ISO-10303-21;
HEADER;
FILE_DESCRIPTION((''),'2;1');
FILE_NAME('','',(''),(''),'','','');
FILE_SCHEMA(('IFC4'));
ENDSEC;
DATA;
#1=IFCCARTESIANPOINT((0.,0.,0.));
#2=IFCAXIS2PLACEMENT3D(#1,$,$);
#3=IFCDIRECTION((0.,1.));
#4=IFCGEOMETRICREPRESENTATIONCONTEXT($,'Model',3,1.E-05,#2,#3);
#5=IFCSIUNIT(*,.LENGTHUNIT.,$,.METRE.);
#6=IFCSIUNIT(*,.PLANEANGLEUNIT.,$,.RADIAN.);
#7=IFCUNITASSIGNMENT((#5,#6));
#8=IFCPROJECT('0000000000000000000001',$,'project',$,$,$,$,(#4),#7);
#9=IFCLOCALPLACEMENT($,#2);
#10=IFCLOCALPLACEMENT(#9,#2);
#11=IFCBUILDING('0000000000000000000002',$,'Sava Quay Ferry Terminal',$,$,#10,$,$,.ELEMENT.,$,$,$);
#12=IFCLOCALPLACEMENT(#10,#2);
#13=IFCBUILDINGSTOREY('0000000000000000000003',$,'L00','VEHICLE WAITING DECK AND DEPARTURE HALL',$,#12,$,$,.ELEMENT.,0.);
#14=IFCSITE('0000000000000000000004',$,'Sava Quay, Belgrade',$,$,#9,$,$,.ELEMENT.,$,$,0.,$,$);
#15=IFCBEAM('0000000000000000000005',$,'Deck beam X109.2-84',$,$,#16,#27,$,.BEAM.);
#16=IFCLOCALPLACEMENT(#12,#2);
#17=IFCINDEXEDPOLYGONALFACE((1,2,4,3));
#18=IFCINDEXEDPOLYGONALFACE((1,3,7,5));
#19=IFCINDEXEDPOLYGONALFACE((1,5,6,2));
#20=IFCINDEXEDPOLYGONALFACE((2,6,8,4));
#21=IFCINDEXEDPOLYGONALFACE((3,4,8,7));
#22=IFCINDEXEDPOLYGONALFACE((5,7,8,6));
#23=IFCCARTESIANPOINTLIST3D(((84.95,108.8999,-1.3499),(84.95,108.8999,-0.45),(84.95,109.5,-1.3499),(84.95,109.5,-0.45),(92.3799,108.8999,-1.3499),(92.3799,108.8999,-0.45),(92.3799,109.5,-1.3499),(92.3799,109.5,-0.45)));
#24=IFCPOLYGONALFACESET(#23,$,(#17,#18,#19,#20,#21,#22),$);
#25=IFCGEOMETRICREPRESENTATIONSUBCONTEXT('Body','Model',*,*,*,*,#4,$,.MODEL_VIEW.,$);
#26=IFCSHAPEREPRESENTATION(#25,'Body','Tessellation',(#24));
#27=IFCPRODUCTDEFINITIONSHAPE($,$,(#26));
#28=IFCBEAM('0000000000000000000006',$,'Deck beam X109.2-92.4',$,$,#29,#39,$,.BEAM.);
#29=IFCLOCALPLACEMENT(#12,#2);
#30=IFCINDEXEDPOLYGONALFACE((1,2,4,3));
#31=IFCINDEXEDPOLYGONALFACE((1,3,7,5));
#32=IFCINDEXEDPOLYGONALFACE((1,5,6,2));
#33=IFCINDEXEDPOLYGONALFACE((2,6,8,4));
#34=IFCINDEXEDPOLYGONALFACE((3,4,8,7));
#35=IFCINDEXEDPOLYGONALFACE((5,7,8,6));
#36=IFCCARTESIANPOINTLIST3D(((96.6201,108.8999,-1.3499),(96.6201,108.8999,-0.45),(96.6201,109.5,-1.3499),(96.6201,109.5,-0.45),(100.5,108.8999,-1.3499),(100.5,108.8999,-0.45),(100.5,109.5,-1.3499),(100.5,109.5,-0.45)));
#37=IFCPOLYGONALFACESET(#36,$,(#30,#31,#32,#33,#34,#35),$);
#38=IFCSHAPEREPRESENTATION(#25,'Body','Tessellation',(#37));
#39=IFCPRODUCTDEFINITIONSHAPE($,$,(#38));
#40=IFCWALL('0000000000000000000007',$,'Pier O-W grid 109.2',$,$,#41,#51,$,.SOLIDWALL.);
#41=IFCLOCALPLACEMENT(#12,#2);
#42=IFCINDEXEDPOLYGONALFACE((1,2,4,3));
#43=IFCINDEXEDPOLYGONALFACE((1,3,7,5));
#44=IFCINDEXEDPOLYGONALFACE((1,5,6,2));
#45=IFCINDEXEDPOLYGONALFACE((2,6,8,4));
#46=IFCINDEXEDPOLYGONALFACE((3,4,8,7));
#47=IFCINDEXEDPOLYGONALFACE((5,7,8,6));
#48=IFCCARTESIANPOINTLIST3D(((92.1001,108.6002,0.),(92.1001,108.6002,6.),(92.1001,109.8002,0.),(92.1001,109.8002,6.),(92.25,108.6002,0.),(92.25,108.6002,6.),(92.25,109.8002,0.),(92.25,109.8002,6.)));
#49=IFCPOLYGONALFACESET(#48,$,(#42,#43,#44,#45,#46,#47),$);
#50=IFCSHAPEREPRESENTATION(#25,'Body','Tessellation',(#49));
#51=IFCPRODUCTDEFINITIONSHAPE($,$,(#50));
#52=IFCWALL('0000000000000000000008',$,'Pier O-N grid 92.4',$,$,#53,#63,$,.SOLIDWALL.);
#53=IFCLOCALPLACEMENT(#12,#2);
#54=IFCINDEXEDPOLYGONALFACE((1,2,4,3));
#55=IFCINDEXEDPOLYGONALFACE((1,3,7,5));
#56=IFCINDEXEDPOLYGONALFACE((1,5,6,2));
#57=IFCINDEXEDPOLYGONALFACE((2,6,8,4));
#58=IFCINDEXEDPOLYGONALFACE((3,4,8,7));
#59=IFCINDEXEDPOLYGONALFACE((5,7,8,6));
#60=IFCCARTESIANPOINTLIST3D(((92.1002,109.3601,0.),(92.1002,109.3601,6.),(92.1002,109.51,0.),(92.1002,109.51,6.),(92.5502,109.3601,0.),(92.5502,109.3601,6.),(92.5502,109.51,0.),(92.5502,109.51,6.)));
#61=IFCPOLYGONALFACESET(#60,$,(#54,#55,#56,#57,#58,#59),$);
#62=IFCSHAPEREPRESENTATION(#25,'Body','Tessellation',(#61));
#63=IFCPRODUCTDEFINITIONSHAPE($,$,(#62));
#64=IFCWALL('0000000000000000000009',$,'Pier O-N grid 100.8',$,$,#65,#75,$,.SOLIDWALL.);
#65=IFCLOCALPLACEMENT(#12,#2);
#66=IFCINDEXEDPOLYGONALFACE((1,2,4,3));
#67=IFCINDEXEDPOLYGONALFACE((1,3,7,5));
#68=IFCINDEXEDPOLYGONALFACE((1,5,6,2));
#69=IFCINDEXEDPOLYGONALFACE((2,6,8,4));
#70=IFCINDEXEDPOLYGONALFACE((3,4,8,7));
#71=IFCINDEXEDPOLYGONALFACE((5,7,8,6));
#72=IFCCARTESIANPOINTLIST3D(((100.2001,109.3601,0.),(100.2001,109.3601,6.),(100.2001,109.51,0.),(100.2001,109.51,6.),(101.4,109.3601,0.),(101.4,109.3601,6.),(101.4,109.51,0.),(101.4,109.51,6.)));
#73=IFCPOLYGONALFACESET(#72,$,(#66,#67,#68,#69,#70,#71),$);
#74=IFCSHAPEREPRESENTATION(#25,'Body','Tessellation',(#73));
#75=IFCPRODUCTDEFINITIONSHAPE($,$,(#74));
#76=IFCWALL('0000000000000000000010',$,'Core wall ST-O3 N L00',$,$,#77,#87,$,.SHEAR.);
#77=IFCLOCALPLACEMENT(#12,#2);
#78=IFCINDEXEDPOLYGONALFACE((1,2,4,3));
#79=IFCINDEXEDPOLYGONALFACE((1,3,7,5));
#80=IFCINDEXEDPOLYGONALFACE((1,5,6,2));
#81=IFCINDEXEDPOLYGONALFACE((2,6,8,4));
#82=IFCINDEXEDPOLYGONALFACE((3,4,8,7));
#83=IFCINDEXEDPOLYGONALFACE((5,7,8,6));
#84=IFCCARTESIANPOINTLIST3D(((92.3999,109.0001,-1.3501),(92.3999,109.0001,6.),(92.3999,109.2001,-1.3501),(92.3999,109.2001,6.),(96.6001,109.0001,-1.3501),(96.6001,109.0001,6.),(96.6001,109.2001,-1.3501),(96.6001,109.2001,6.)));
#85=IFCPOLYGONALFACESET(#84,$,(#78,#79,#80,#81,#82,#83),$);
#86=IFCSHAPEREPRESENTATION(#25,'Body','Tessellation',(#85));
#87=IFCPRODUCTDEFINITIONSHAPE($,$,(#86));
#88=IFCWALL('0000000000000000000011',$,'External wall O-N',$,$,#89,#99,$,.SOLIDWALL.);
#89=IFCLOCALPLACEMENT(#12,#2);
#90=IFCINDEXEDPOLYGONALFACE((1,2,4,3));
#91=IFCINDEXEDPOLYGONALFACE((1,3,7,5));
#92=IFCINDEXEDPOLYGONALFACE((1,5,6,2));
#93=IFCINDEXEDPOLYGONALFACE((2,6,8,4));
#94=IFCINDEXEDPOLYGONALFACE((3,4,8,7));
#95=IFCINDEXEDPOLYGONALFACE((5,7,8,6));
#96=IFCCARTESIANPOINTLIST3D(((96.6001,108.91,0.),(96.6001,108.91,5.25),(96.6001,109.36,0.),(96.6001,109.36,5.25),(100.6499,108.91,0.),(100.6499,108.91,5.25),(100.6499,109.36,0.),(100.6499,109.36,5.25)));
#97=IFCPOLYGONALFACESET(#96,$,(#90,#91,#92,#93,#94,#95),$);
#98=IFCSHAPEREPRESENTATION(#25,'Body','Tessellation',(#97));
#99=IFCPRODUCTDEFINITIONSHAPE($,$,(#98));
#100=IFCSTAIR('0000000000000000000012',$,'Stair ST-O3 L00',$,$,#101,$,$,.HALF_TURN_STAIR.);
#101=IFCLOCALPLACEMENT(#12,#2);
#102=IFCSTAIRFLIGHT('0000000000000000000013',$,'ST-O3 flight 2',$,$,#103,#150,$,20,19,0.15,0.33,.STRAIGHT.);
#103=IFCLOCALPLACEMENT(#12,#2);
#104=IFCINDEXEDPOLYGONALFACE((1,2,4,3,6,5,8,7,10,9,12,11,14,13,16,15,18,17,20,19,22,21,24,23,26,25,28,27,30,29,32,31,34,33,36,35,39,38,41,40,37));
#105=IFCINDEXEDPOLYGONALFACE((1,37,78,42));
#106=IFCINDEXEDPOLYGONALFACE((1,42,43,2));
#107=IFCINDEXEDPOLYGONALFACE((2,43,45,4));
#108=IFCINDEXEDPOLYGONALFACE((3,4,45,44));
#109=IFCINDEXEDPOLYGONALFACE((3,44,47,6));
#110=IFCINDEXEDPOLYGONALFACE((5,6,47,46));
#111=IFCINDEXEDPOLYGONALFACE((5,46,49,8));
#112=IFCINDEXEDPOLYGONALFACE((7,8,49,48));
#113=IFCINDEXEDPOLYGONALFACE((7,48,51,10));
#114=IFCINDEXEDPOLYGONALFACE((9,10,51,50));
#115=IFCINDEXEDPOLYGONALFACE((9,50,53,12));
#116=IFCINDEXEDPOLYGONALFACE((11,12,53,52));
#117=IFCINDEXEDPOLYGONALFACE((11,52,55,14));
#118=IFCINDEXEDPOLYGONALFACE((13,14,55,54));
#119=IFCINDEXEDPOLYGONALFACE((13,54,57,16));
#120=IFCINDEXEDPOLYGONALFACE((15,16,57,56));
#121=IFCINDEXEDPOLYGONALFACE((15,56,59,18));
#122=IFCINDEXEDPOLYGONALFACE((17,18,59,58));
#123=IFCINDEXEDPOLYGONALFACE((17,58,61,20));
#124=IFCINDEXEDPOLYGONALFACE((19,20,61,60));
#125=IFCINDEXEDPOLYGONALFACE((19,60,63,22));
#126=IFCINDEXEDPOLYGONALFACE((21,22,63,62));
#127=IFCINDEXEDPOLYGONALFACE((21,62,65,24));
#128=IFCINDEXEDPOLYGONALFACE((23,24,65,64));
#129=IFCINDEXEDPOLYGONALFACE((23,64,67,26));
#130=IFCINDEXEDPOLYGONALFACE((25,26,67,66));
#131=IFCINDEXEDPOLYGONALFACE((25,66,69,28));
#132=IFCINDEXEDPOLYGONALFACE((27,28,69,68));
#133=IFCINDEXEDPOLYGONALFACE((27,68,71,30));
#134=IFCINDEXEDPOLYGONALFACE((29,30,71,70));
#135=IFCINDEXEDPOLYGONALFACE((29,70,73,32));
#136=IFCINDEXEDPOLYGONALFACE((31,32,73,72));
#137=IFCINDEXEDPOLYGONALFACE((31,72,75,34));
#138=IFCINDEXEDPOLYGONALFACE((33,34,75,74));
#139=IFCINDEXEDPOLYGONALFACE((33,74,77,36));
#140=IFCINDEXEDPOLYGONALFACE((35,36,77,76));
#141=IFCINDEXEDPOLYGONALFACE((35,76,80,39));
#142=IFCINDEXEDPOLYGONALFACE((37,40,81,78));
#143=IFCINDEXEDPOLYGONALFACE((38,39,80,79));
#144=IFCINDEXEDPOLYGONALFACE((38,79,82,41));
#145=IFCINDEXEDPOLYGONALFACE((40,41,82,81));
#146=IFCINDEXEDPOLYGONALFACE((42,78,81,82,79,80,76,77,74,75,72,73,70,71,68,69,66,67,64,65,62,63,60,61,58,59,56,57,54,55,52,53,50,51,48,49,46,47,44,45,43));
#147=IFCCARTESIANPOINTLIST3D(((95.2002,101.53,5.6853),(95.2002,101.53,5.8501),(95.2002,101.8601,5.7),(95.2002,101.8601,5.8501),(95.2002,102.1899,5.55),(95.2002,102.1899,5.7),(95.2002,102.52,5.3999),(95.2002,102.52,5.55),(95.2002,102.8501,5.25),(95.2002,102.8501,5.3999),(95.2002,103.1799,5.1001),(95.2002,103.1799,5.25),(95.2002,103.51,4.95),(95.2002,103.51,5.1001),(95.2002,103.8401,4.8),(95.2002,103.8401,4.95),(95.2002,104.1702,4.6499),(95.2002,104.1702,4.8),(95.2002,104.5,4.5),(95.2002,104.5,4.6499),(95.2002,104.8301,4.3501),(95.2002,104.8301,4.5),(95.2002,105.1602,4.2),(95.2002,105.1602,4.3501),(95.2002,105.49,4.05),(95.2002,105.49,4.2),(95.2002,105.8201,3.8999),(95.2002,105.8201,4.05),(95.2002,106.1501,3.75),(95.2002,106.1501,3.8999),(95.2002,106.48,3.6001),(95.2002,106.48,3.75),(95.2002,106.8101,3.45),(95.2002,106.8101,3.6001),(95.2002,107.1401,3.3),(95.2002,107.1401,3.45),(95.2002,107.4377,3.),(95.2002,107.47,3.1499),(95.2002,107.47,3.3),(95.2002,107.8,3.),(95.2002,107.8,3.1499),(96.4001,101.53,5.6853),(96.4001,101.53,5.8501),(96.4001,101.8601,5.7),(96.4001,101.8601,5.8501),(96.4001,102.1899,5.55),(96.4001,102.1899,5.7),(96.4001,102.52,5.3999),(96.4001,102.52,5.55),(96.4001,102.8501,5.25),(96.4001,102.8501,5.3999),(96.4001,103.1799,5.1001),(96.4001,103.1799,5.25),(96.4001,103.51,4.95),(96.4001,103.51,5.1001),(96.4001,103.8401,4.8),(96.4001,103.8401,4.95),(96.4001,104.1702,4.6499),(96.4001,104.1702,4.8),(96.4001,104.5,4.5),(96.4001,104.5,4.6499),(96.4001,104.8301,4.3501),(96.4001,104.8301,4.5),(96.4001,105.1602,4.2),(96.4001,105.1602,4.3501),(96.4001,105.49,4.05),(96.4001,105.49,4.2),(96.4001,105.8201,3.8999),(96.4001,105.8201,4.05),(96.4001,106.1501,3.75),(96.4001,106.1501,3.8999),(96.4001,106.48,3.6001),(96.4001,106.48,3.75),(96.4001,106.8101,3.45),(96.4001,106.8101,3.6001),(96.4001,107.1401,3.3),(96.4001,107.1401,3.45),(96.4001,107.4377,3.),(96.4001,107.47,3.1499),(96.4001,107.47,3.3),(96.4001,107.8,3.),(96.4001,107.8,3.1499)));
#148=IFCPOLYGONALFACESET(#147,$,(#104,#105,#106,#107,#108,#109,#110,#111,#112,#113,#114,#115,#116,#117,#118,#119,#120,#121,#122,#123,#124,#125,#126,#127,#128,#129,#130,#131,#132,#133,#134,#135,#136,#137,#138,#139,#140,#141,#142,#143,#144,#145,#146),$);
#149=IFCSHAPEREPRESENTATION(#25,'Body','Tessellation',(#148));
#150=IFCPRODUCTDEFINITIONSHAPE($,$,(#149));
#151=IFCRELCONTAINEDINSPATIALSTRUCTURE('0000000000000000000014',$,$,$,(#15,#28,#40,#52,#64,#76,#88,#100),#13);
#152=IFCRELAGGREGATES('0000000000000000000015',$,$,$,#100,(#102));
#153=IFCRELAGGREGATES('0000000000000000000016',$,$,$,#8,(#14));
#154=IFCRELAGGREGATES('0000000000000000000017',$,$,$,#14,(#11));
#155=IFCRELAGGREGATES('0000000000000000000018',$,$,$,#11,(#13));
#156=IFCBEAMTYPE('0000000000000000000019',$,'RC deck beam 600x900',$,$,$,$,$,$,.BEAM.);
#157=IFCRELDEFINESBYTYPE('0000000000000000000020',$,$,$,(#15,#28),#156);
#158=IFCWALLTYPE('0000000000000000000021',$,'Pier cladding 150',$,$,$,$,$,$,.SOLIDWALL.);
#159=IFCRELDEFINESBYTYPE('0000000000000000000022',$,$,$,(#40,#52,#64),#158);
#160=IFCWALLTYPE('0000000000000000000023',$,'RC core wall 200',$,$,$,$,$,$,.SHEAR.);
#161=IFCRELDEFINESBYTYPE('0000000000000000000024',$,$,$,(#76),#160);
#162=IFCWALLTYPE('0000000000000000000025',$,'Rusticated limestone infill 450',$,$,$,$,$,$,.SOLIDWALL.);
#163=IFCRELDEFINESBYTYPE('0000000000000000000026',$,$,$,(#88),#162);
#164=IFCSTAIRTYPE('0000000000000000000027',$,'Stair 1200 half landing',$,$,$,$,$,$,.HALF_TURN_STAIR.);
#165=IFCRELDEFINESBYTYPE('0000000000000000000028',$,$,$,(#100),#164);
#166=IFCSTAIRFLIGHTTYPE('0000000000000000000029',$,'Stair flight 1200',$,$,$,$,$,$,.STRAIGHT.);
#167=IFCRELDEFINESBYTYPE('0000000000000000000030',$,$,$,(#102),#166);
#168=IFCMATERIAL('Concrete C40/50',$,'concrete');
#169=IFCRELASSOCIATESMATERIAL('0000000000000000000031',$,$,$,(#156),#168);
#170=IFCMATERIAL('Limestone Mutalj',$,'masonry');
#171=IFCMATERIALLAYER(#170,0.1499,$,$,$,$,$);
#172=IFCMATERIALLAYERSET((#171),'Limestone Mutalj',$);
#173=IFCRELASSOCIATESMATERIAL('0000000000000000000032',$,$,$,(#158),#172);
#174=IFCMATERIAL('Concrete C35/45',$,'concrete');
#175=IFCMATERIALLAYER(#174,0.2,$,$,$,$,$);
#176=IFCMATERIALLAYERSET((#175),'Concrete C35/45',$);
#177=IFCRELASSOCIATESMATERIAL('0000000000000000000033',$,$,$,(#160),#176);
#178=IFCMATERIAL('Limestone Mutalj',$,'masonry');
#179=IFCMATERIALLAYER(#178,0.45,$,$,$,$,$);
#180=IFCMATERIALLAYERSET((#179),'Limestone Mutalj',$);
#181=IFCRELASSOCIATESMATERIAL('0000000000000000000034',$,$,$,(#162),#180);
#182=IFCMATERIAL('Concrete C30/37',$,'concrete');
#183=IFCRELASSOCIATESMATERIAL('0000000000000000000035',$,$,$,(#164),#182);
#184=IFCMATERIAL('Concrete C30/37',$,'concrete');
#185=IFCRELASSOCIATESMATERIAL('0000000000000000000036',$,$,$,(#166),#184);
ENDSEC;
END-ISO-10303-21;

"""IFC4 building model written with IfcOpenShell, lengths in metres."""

from ifc_helpers import new_model, si_unit, direction, frame, frame_2d, origin, origin_2d, place, context, subcontext, project, spatial, polyline, rectangle, outline, extrude, material, layer, layer_set, material_profile, profile_set, type_object, element, aggregate, save


model = new_model("IFC4")

# Units and contexts
model_context = context("Model", 3, precision=1e-05, world=origin(), true_north=direction((0.0, 1.0)))
body_context = subcontext(model_context, "Body", "Model", "MODEL_VIEW")
ifc_project = project(units=[si_unit("LENGTHUNIT", "METRE"), si_unit("PLANEANGLEUNIT", "RADIAN")], contexts=[model_context])

# Site, building, storey
site_placement = place(None, origin())
site = spatial("IfcSite", under=ifc_project, at=site_placement, Name="Sava Quay, Belgrade", CompositionType="ELEMENT", RefElevation=0.0)
building_placement = place(site_placement, origin())
building = spatial("IfcBuilding", under=site, at=building_placement, Name="Sava Quay Ferry Terminal", CompositionType="ELEMENT")
storey_placement = place(building_placement, origin())
storey = spatial("IfcBuildingStorey", under=building, at=storey_placement, Name="L00", Description="VEHICLE WAITING DECK AND DEPARTURE HALL", CompositionType="ELEMENT", Elevation=0.0)

# Beams
ifc_material_1 = material(Name="Concrete C40/50", Category="concrete")
ifc_material_profile_1 = material_profile(ifc_material_1, rectangle(XDim=0.6001, YDim=0.8999, at=origin_2d()), Name="RC 600x900")
ifc_profile_set_1 = profile_set([ifc_material_profile_1], Name="Concrete C40/50")
beam_type = type_object("IfcBeamType", Name="RC deck beam 600x900", PredefinedType="BEAM", material=ifc_profile_set_1)
beam_1_placement = place(storey_placement, frame((84.95, 109.2, -0.8999), z_axis=(1.0, 0.0, 0.0), x_axis=(0.0, 1.0, 0.0)))
element("IfcBeam", 1, at=beam_1_placement, inside=storey, type_object=beam_type, Name="Deck beam X109.2-84", PredefinedType="BEAM", context=body_context, shape_type="SweptSolid", body=[
    extrude(rectangle(XDim=0.6001, YDim=0.8999, at=origin_2d()), origin(), (0.0, 0.0, 1.0), 7.4299),
])
beam_2_placement = place(storey_placement, frame((96.6201, 109.2, -0.8999), z_axis=(1.0, 0.0, 0.0), x_axis=(0.0, 1.0, 0.0)))
element("IfcBeam", 2, at=beam_2_placement, inside=storey, type_object=beam_type, Name="Deck beam X109.2-92.4", PredefinedType="BEAM", context=body_context, shape_type="SweptSolid", body=[
    extrude(rectangle(XDim=0.6001, YDim=0.8999, at=origin_2d()), origin(), (0.0, 0.0, 1.0), 3.8799),
])

# Walls
ifc_material_2 = material(Name="Limestone Mutalj", Category="masonry")
ifc_layer_1 = layer(ifc_material_2, 0.1499)
ifc_layer_set_1 = layer_set([ifc_layer_1], Name="Limestone Mutalj")
wall_type_1 = type_object("IfcWallType", Name="Pier cladding 150", PredefinedType="SOLIDWALL", material=ifc_layer_set_1)
wall_1_placement = place(storey_placement, frame((92.175, 108.6001, 0.0), z_axis=(0.0, 0.0, 1.0), x_axis=(0.0, 1.0, 0.0)))
element("IfcWall", 3, at=wall_1_placement, inside=storey, type_object=wall_type_1, Name="Pier O-W grid 109.2", PredefinedType="SOLIDWALL", context=body_context, shape_type="SweptSolid", body=[
    extrude(rectangle(XDim=1.2, YDim=0.1499, at=frame_2d((0.6001, 0.0))), origin(), (0.0, 0.0, 1.0), 6.0),
])
wall_2_placement = place(storey_placement, frame((92.1001, 109.4351, 0.0), z_axis=(0.0, 0.0, 1.0), x_axis=(1.0, 0.0, 0.0)))
element("IfcWall", 4, at=wall_2_placement, inside=storey, type_object=wall_type_1, Name="Pier O-N grid 92.4", PredefinedType="SOLIDWALL", context=body_context, shape_type="SweptSolid", body=[
    extrude(rectangle(XDim=0.45, YDim=0.1499, at=frame_2d((0.2251, 0.0))), origin(), (0.0, 0.0, 1.0), 6.0),
])
wall_3_placement = place(storey_placement, frame((100.2, 109.4351, 0.0), z_axis=(0.0, 0.0, 1.0), x_axis=(1.0, 0.0, 0.0)))
element("IfcWall", 5, at=wall_3_placement, inside=storey, type_object=wall_type_1, Name="Pier O-N grid 100.8", PredefinedType="SOLIDWALL", context=body_context, shape_type="SweptSolid", body=[
    extrude(rectangle(XDim=1.2, YDim=0.1499, at=frame_2d((0.6001, 0.0))), origin(), (0.0, 0.0, 1.0), 6.0),
])
ifc_material_3 = material(Name="Concrete C35/45", Category="concrete")
ifc_layer_2 = layer(ifc_material_3, 0.2)
ifc_layer_set_2 = layer_set([ifc_layer_2], Name="Concrete C35/45")
wall_type_2 = type_object("IfcWallType", Name="RC core wall 200", PredefinedType="SHEAR", material=ifc_layer_set_2)
wall_4_placement = place(storey_placement, frame((92.3999, 109.1001, -1.3501), z_axis=(0.0, 0.0, 1.0), x_axis=(1.0, 0.0, 0.0)))
element("IfcWall", 6, at=wall_4_placement, inside=storey, type_object=wall_type_2, Name="Core wall ST-O3 N L00", PredefinedType="SHEAR", context=body_context, shape_type="SweptSolid", body=[
    extrude(rectangle(XDim=4.2002, YDim=0.2, at=frame_2d((2.1001, 0.0))), origin(), (0.0, 0.0, 1.0), 7.3501),
])
ifc_material_4 = material(Name="Limestone Mutalj", Category="masonry")
ifc_layer_3 = layer(ifc_material_4, 0.45)
ifc_layer_set_3 = layer_set([ifc_layer_3], Name="Limestone Mutalj")
wall_type_3 = type_object("IfcWallType", Name="Rusticated limestone infill 450", PredefinedType="SOLIDWALL", material=ifc_layer_set_3)
wall_5_placement = place(storey_placement, frame((96.6001, 109.135, 0.0), z_axis=(0.0, 0.0, 1.0), x_axis=(1.0, 0.0, 0.0)))
element("IfcWall", 7, at=wall_5_placement, inside=storey, type_object=wall_type_3, Name="External wall O-N", PredefinedType="SOLIDWALL", context=body_context, shape_type="SweptSolid", body=[
    extrude(rectangle(XDim=4.0498, YDim=0.45, at=frame_2d((2.0249, 0.0))), origin(), (0.0, 0.0, 1.0), 5.25),
])

# Stair, stair flight
ifc_material_5 = material(Name="Concrete C30/37", Category="concrete")
stair_type = type_object("IfcStairType", Name="Stair 1200 half landing", PredefinedType="HALF_TURN_STAIR", material=ifc_material_5)
stair_placement = place(storey_placement, origin())
stair = element("IfcStair", 8, at=stair_placement, inside=storey, type_object=stair_type, Name="Stair ST-O3 L00", PredefinedType="HALF_TURN_STAIR")
ifc_material_6 = material(Name="Concrete C30/37", Category="concrete")
stair_flight_type = type_object("IfcStairFlightType", Name="Stair flight 1200", PredefinedType="STRAIGHT", material=ifc_material_6)
stair_flight_placement = place(storey_placement, frame((95.8, 107.8, 3.0), z_axis=(0.0, 0.0, 1.0), x_axis=(0.0, -1.0, 0.0)))
stair_flight = element("IfcStairFlight", 9, at=stair_flight_placement, type_object=stair_flight_type, Name="ST-O3 flight 2", NumberOfRisers=20, NumberOfTreads=19, PredefinedType="STRAIGHT", RiserHeight=0.15, TreadLength=0.33, context=body_context, shape_type="SweptSolid", body=[
    extrude(outline(polyline([(0.0, 0.0), (0.0, 0.1499), (0.3301, 0.1499), (0.3301, 0.3), (0.6599, 0.3), (0.6599, 0.45), (0.99, 0.45), (0.99, 0.6001), (1.3201, 0.6001), (1.3201, 0.75), (1.6499, 0.75), (1.6499, 0.8999), (1.98, 0.8999), (1.98, 1.05), (2.3101, 1.05), (2.3101, 1.2), (2.6399, 1.2), (2.6399, 1.3501), (2.97, 1.3501), (2.97, 1.5), (3.3, 1.5), (3.3, 1.6499), (3.6299, 1.6499), (3.6299, 1.8), (3.96, 1.8), (3.96, 1.95), (4.29, 1.95), (4.29, 2.1001), (4.6201, 2.1001), (4.6201, 2.25), (4.95, 2.25), (4.95, 2.3999), (5.28, 2.3999), (5.28, 2.55), (5.6101, 2.55), (5.6101, 2.7), (5.9399, 2.7), (5.9399, 2.8501), (6.27, 2.8501), (6.27, 3.0), (6.27, 2.6853), (0.3623, 0.0), (0.0, 0.0)])), frame((0.0, 0.6001, 0.0), z_axis=(0.0, -1.0, 0.0), x_axis=(1.0, 0.0, 0.0)), (0.0, 0.0, 1.0), 1.2),
])
aggregate(stair, [stair_flight])

save(model, "model.ifc")
